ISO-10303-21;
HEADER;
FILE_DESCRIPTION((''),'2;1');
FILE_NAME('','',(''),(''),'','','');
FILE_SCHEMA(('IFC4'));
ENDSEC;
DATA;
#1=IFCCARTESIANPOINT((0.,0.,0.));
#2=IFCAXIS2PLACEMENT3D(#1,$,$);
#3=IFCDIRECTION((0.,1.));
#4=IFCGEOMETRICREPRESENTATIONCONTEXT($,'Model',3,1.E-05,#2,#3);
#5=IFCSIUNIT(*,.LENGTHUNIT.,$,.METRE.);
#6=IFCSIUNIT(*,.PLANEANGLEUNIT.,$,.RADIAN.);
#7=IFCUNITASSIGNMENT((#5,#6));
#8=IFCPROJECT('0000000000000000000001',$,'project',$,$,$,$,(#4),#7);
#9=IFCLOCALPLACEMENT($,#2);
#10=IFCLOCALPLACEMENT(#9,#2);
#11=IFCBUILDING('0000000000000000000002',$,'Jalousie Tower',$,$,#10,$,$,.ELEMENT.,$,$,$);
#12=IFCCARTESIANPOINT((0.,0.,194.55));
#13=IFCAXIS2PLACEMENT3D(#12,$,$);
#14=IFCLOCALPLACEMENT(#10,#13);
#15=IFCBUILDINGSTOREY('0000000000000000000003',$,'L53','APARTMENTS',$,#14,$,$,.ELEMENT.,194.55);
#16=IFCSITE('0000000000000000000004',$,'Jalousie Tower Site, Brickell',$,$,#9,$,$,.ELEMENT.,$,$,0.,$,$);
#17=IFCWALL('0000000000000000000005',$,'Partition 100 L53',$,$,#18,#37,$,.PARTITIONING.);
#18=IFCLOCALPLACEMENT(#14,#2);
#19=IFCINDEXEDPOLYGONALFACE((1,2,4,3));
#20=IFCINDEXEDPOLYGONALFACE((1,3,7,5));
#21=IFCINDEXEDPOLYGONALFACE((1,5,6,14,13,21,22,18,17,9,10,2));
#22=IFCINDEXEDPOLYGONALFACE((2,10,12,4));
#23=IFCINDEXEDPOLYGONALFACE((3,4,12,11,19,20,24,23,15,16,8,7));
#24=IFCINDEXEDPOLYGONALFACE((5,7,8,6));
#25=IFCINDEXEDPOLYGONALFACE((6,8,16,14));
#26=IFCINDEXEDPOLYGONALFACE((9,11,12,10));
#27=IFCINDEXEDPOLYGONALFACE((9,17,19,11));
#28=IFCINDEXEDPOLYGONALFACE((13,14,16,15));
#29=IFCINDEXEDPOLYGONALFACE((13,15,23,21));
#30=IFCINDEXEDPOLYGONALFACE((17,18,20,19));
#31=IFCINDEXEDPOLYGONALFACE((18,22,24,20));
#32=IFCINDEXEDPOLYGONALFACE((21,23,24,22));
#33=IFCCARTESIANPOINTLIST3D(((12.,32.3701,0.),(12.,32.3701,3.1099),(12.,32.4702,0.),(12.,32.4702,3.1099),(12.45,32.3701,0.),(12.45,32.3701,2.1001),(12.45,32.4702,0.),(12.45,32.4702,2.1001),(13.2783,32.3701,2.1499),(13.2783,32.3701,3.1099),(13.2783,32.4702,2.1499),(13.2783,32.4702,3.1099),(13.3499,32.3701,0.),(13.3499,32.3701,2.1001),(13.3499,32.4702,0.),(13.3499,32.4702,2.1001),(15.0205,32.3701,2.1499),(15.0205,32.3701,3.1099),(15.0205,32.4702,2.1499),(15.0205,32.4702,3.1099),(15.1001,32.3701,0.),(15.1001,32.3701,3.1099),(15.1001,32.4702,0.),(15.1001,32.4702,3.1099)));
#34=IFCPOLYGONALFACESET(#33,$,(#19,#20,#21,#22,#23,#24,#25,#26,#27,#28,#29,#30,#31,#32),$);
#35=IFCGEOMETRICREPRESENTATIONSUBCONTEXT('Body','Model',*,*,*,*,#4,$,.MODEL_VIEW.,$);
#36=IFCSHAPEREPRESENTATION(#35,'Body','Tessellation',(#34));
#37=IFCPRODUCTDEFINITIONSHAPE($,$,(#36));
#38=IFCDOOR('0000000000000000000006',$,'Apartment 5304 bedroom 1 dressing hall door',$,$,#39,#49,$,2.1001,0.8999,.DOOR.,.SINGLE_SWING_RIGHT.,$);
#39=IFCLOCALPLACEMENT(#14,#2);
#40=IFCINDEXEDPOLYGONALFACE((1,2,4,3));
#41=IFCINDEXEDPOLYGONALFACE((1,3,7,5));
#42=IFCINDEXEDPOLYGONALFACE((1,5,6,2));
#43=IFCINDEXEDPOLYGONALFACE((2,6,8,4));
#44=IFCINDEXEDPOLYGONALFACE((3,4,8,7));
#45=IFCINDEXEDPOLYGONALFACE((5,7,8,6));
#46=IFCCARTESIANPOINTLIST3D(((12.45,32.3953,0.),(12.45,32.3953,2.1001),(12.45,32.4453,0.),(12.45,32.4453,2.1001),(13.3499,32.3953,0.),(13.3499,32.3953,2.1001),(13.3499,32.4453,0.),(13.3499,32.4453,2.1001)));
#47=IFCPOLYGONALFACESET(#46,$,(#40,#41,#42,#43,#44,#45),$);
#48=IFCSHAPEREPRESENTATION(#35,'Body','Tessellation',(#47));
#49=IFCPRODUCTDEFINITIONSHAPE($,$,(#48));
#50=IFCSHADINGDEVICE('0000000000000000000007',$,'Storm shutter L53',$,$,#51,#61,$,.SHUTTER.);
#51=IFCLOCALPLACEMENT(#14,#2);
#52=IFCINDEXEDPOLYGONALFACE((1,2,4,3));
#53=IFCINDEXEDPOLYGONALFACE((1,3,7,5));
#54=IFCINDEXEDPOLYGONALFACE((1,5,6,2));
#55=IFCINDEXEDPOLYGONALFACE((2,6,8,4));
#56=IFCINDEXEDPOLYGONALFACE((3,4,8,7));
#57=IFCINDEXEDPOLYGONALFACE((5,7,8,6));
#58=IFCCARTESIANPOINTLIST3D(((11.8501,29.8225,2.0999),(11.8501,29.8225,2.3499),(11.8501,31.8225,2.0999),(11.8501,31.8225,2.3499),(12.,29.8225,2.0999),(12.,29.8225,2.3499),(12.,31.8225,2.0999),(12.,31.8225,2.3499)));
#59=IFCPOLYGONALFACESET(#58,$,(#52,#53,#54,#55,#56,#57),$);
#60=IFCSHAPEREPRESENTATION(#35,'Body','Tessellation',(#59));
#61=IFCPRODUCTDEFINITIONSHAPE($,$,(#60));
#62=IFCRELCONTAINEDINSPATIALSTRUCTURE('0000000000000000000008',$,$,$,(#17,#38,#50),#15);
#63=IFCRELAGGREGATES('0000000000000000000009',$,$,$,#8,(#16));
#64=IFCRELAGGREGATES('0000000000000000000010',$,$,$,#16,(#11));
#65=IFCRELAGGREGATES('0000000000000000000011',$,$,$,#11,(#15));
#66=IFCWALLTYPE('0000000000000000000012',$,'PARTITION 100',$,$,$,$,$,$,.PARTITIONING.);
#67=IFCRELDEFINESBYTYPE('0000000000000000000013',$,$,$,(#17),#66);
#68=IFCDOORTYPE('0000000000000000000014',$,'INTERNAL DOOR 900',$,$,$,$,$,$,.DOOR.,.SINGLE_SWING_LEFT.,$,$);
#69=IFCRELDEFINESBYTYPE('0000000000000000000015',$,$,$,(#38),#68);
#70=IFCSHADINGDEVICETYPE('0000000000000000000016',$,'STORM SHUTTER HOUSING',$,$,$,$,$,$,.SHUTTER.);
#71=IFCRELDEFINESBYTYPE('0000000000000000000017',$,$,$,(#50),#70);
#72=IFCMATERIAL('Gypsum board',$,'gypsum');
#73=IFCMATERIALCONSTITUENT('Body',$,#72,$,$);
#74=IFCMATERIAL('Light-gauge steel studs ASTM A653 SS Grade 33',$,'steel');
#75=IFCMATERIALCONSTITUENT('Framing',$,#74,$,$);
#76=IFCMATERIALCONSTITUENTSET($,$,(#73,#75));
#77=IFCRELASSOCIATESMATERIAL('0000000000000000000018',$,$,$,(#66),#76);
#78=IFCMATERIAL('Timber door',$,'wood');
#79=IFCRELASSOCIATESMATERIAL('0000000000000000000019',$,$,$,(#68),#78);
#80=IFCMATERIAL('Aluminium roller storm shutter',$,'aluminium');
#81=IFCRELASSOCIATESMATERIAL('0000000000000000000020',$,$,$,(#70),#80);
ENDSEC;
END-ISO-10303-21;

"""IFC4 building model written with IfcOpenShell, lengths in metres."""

from ifc_helpers import new_model, si_unit, direction, frame, frame_2d, origin, origin_2d, place, context, subcontext, project, spatial, polyline, rectangle, outline, extrude, material, constituent, constituent_set, type_object, element, fill, save


model = new_model("IFC4")

# Units and contexts
model_context = context("Model", 3, precision=1e-05, world=origin(), true_north=direction((0.0, 1.0)))
body_context = subcontext(model_context, "Body", "Model", "MODEL_VIEW")
ifc_project = project(units=[si_unit("LENGTHUNIT", "METRE"), si_unit("PLANEANGLEUNIT", "RADIAN")], contexts=[model_context])

# Site, building, storey
site_placement = place(None, origin())
site = spatial("IfcSite", under=ifc_project, at=site_placement, Name="Jalousie Tower Site, Brickell", CompositionType="ELEMENT", RefElevation=0.0)
building_placement = place(site_placement, origin())
building = spatial("IfcBuilding", under=site, at=building_placement, Name="Jalousie Tower", CompositionType="ELEMENT")
storey_placement = place(building_placement, frame((0.0, 0.0, 194.55)))
storey = spatial("IfcBuildingStorey", under=building, at=storey_placement, Name="L53", Description="APARTMENTS", CompositionType="ELEMENT", Elevation=194.55)

# Wall, opening, door
ifc_material_1 = material(Name="Gypsum board", Category="gypsum")
ifc_constituent_1 = constituent(ifc_material_1, Name="Body")
ifc_material_2 = material(Name="Light-gauge steel studs ASTM A653 SS Grade 33", Category="steel")
ifc_constituent_2 = constituent(ifc_material_2, Name="Framing")
ifc_constituent_set_1 = constituent_set(constituents=[ifc_constituent_1, ifc_constituent_2])
wall_type_1 = type_object("IfcWallType", Name="PARTITION 100", PredefinedType="PARTITIONING", material=ifc_constituent_set_1)
wall_1_placement = place(storey_placement, frame((12.0, 32.4202, 0.0), z_axis=(0.0, 0.0, 1.0), x_axis=(1.0, 0.0, 0.0)))
wall_1 = element("IfcWall", 1, at=wall_1_placement, inside=storey, type_object=wall_type_1, Name="Partition 100 L53", PredefinedType="PARTITIONING", context=body_context, shape_type="SweptSolid", body=[
    extrude(outline(polyline([(0.0, 0.0), (3.1001, 0.0), (3.1001, 3.1099), (3.0205, 3.1099), (3.0205, 2.1499), (1.2783, 2.1499), (1.2783, 3.1099), (0.0, 3.1099), (0.0, 0.0)])), frame((0.0, 0.05, 0.0), z_axis=(0.0, -1.0, 0.0), x_axis=(1.0, 0.0, 0.0)), (0.0, 0.0, 1.0), 0.1001),
])
opening_1_placement = place(wall_1_placement, frame((0.45, 0.0, 0.0)))
opening_1 = element("IfcOpeningElement", 2, at=opening_1_placement, cuts=wall_1, PredefinedType="OPENING", context=body_context, shape_type="SweptSolid", body=[
    extrude(rectangle(XDim=0.8999, YDim=2.1001, at=frame_2d((0.45, 1.05))), frame((0.0, 0.0601, 0.0), z_axis=(0.0, -1.0, 0.0), x_axis=(1.0, 0.0, 0.0)), (0.0, 0.0, 1.0), 0.1201),
])
ifc_material_3 = material(Name="Timber door", Category="wood")
door_type_1 = type_object("IfcDoorType", Name="INTERNAL DOOR 900", OperationType="SINGLE_SWING_LEFT", PredefinedType="DOOR", material=ifc_material_3)
door_1_placement = place(opening_1_placement, frame((0.8999, 0.0, 0.0), z_axis=(0.0, 0.0, 1.0), x_axis=(-1.0, 0.0, 0.0)))
door_1 = element("IfcDoor", 3, at=door_1_placement, inside=storey, type_object=door_type_1, Name="Apartment 5304 bedroom 1 dressing hall door", OperationType="SINGLE_SWING_RIGHT", OverallHeight=2.1001, OverallWidth=0.8999, PredefinedType="DOOR", context=body_context, shape_type="SweptSolid", body=[
    extrude(rectangle(XDim=0.8999, YDim=2.1001, at=frame_2d((0.45, 1.05))), frame((0.0, 0.0249, 0.0), z_axis=(0.0, -1.0, 0.0), x_axis=(1.0, 0.0, 0.0)), (0.0, 0.0, 1.0), 0.05),
])
fill(opening_1, door_1)

# Shading device
ifc_material_4 = material(Name="Aluminium roller storm shutter", Category="aluminium")
shading_device_type = type_object("IfcShadingDeviceType", Name="STORM SHUTTER HOUSING", PredefinedType="SHUTTER", material=ifc_material_4)
shading_device_placement = place(storey_placement, frame((11.925, 30.8225, 2.0999), z_axis=(0.0, 0.0, 1.0), x_axis=(0.0, -1.0, 0.0)))
element("IfcShadingDevice", 4, at=shading_device_placement, inside=storey, type_object=shading_device_type, Name="Storm shutter L53", PredefinedType="SHUTTER", context=body_context, shape_type="SweptSolid", body=[
    extrude(rectangle(XDim=2.0, YDim=0.1499, at=origin_2d()), origin(), (0.0, 0.0, 1.0), 0.25),
])

save(model, "model.ifc")
